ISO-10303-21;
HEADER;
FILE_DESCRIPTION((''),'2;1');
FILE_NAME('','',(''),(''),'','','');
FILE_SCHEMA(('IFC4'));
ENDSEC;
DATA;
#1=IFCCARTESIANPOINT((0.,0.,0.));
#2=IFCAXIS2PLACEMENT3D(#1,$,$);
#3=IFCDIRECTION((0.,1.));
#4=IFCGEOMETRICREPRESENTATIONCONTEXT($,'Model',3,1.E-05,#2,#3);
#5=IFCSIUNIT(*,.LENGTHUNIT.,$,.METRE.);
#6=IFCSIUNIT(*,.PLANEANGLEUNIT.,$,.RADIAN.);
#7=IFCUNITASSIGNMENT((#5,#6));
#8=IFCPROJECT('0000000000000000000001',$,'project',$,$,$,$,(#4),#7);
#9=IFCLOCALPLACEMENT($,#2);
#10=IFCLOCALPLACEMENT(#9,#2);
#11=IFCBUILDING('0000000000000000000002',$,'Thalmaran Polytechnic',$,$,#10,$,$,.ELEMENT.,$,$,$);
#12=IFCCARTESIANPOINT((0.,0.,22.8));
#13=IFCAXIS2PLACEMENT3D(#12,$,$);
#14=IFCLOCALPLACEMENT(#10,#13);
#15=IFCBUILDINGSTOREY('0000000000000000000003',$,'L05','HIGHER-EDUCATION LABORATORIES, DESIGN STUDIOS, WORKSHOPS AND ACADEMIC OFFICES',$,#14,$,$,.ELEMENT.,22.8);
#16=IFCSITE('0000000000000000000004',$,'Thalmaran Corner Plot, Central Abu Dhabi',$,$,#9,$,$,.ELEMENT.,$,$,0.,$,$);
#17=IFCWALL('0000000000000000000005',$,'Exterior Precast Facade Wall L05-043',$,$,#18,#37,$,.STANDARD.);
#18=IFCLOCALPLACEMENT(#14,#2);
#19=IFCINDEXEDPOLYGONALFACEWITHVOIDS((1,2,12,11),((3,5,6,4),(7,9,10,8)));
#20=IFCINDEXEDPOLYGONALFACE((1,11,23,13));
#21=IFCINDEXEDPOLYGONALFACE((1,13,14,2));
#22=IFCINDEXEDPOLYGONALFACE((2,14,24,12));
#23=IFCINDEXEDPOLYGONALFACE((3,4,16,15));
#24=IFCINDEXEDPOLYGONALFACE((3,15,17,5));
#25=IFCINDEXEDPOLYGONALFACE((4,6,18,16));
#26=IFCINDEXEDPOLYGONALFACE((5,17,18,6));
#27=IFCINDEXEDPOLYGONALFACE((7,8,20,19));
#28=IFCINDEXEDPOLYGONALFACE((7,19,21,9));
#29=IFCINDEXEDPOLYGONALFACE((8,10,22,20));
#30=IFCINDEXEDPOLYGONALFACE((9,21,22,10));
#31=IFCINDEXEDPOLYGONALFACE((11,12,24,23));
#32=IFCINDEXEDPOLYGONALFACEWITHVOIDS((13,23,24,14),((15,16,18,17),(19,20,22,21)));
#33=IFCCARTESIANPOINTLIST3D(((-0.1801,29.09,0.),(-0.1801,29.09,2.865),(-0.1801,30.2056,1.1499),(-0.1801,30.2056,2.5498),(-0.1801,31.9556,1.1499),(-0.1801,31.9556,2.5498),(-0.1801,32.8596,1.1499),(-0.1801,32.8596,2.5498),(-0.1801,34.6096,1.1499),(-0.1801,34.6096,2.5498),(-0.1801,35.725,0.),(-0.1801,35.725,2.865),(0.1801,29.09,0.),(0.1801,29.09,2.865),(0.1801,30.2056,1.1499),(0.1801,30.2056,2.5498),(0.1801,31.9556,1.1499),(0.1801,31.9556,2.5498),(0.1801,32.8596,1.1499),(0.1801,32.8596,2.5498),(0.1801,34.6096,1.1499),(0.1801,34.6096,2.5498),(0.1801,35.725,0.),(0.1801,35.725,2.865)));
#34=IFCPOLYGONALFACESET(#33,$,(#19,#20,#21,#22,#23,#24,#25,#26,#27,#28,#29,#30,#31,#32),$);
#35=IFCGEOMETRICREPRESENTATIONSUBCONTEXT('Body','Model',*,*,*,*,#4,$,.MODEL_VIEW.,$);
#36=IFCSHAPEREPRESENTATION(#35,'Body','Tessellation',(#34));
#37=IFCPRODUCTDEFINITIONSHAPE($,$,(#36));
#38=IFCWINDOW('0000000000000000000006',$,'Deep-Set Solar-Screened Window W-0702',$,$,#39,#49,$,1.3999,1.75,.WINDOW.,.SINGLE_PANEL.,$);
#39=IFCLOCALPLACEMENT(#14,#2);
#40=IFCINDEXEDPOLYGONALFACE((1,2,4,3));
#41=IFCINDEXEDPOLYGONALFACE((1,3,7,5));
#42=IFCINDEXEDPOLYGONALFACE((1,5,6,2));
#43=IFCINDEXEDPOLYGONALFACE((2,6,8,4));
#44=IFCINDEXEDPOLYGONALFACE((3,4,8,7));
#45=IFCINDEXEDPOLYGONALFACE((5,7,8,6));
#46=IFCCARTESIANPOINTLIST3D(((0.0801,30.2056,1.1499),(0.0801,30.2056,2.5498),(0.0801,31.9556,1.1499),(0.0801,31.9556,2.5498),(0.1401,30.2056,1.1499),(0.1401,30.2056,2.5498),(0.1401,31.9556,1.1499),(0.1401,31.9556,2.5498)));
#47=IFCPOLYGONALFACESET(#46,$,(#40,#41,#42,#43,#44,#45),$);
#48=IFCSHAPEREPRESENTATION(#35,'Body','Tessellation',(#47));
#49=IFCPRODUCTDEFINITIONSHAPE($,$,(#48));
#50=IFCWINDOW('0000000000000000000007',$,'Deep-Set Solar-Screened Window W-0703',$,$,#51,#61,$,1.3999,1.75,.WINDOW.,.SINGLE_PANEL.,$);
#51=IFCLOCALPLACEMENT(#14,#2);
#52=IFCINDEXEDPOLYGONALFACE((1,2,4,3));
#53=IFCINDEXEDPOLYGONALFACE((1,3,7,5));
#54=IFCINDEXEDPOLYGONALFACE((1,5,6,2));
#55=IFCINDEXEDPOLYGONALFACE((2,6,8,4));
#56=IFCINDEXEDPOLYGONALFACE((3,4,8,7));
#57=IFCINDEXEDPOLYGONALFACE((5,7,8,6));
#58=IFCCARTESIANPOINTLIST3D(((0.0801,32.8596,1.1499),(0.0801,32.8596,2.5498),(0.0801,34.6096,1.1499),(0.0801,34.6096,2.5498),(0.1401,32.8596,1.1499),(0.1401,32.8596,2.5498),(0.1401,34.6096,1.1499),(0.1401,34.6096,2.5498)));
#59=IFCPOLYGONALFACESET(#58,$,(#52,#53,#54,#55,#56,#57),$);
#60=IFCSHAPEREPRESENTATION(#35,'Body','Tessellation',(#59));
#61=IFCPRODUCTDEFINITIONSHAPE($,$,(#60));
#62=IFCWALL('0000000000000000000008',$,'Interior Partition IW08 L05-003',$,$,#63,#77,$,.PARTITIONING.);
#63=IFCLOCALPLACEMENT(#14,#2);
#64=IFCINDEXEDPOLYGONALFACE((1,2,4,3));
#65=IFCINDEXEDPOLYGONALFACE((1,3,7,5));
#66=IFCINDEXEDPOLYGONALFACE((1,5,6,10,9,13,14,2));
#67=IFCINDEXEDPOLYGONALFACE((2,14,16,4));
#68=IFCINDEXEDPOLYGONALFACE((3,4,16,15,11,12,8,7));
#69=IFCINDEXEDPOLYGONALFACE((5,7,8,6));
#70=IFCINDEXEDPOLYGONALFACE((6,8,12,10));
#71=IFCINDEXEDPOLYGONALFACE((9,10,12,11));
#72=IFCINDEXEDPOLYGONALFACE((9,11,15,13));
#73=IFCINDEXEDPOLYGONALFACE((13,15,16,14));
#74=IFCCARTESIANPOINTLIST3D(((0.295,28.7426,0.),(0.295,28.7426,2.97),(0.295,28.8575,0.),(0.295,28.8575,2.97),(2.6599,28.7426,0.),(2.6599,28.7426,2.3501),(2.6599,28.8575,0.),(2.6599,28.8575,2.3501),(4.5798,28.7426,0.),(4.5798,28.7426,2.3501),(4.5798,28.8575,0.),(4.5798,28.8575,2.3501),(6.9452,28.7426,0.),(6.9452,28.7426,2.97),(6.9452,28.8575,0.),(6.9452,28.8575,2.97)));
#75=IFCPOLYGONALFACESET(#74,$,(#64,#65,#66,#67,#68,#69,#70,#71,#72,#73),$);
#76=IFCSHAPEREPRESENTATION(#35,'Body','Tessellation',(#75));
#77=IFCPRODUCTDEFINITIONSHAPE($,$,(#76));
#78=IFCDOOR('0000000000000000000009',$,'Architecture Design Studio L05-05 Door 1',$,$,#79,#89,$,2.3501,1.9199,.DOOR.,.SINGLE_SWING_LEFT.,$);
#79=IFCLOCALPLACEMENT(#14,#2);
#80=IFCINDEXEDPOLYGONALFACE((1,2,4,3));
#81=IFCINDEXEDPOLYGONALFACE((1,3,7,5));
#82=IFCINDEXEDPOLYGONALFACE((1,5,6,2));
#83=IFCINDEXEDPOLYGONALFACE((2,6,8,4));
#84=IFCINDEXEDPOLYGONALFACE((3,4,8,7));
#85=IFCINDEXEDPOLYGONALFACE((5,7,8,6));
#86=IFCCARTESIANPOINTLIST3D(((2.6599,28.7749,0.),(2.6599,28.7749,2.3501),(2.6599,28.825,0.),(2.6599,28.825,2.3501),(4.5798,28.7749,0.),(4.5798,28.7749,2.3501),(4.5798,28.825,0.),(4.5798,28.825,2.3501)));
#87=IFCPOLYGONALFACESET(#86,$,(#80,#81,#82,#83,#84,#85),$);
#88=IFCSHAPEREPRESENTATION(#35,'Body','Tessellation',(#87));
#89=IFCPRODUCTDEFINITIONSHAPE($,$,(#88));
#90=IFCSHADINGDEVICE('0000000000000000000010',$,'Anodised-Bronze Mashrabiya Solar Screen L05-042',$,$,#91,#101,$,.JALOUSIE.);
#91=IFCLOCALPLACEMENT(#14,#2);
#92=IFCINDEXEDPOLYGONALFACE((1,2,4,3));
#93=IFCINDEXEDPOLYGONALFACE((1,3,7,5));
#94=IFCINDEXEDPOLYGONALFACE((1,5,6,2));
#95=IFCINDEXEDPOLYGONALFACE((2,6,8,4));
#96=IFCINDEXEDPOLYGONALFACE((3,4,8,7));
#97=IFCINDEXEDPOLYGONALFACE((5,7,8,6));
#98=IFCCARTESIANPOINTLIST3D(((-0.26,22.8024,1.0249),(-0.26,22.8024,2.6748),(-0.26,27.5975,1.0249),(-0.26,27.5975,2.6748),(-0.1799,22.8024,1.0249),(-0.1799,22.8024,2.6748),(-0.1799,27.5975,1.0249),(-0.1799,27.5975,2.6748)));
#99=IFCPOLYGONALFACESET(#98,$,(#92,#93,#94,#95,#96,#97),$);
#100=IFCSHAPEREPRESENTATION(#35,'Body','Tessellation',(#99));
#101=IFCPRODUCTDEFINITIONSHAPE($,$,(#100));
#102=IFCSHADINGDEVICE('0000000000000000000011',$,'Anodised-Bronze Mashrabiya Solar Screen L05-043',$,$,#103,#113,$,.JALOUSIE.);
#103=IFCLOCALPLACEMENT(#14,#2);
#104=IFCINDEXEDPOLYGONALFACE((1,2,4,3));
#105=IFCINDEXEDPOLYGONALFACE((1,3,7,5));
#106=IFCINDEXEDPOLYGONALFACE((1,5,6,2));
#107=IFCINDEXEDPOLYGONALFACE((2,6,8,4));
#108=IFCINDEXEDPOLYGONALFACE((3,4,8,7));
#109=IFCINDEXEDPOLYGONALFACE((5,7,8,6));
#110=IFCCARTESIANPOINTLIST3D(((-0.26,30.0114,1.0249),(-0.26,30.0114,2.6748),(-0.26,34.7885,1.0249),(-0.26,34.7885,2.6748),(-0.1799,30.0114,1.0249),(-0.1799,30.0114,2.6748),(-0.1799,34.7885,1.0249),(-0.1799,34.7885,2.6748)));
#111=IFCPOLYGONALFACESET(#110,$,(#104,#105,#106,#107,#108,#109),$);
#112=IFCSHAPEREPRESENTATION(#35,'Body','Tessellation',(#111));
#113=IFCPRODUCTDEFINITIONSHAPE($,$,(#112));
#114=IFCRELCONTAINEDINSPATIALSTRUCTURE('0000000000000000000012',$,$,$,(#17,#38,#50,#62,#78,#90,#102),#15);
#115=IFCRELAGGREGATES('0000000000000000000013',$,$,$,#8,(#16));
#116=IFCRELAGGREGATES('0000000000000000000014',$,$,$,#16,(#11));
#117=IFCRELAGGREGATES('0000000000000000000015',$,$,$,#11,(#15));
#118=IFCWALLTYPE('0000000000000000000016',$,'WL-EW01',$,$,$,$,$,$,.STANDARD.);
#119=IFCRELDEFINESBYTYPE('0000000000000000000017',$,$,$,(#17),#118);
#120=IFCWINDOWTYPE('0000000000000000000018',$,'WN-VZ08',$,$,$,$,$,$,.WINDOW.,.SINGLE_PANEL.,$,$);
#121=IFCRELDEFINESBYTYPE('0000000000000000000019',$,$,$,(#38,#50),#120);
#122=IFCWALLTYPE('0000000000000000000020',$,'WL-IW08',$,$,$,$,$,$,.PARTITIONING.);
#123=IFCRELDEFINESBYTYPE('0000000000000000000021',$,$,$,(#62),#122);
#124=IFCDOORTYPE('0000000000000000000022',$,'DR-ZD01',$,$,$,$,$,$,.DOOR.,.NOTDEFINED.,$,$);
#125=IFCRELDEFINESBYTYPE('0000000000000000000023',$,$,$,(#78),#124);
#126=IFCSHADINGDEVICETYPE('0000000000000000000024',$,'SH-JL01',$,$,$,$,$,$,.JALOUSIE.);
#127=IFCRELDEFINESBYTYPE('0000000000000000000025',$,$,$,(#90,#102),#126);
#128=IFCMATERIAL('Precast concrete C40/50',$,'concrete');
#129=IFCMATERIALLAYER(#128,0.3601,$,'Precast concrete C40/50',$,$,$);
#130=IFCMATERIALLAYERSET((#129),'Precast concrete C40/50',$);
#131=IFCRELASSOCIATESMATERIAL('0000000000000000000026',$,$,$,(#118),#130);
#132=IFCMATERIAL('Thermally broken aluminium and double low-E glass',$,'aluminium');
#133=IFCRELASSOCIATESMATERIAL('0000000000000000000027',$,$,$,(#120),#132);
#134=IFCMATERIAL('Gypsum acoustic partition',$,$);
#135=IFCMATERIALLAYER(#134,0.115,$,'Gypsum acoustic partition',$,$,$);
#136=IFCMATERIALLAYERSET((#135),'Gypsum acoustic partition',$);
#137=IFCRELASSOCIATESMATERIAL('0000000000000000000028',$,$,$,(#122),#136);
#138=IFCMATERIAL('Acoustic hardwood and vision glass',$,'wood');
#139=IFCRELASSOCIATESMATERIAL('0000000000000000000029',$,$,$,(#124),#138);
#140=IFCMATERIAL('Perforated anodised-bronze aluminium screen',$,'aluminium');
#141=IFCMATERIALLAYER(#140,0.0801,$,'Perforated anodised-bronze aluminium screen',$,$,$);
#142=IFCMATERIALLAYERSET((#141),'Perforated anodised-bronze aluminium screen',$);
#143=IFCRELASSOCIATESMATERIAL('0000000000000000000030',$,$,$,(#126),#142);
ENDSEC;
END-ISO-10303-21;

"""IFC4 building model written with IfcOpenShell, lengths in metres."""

from ifc_helpers import new_model, si_unit, direction, frame, frame_2d, origin, origin_2d, place, context, subcontext, project, spatial, rectangle, extrude, material, layer, layer_set, type_object, element, fill, save


model = new_model("IFC4")

# Units and contexts
model_context = context("Model", 3, precision=1e-05, world=origin(), true_north=direction((0.0, 1.0)))
body_context = subcontext(model_context, "Body", "Model", "MODEL_VIEW")
ifc_project = project(units=[si_unit("LENGTHUNIT", "METRE"), si_unit("PLANEANGLEUNIT", "RADIAN")], contexts=[model_context])

# Site, building, storey
site_placement = place(None, origin())
site = spatial("IfcSite", under=ifc_project, at=site_placement, Name="Thalmaran Corner Plot, Central Abu Dhabi", CompositionType="ELEMENT", RefElevation=0.0)
building_placement = place(site_placement, origin())
building = spatial("IfcBuilding", under=site, at=building_placement, Name="Thalmaran Polytechnic", CompositionType="ELEMENT")
storey_placement = place(building_placement, frame((0.0, 0.0, 22.8)))
storey = spatial("IfcBuildingStorey", under=building, at=storey_placement, Name="L05", Description="HIGHER-EDUCATION LABORATORIES, DESIGN STUDIOS, WORKSHOPS AND ACADEMIC OFFICES", CompositionType="ELEMENT", Elevation=22.8)

# Wall, openings, windows
ifc_material_1 = material(Name="Precast concrete C40/50", Category="concrete")
ifc_layer_1 = layer(ifc_material_1, 0.3601, Name="Precast concrete C40/50")
ifc_layer_set_1 = layer_set([ifc_layer_1], Name="Precast concrete C40/50")
wall_type_1 = type_object("IfcWallType", Name="WL-EW01", PredefinedType="STANDARD", material=ifc_layer_set_1)
ifc_material_2 = material(Name="Thermally broken aluminium and double low-E glass", Category="aluminium")
wall_1_placement = place(storey_placement, frame((0.0, 29.0901, 0.0), z_axis=(0.0, 0.0, 1.0), x_axis=(0.0, 1.0, 0.0)))
wall_1 = element("IfcWall", 1, at=wall_1_placement, inside=storey, type_object=wall_type_1, Name="Exterior Precast Facade Wall L05-043", PredefinedType="STANDARD", context=body_context, shape_type="SweptSolid", body=[
    extrude(rectangle(XDim=6.635, YDim=0.3601, at=frame_2d((3.3174, 0.0))), origin(), (0.0, 0.0, 1.0), 2.865),
])
opening_1_placement = place(wall_1_placement, frame((1.1155, 0.0, 1.1499)))
opening_1 = element("IfcOpeningElement", 2, at=opening_1_placement, cuts=wall_1, PredefinedType="OPENING", context=body_context, shape_type="SweptSolid", body=[
    extrude(rectangle(XDim=1.75, YDim=1.3999, at=frame_2d((0.875, 0.7))), frame((0.0, 0.1899, 0.0), z_axis=(0.0, -1.0, 0.0), x_axis=(1.0, 0.0, 0.0)), (0.0, 0.0, 1.0), 0.3801),
])
opening_2_placement = place(wall_1_placement, frame((3.7695, 0.0, 1.1499)))
opening_2 = element("IfcOpeningElement", 3, at=opening_2_placement, cuts=wall_1, PredefinedType="OPENING", context=body_context, shape_type="SweptSolid", body=[
    extrude(rectangle(XDim=1.75, YDim=1.3999, at=frame_2d((0.875, 0.7))), frame((0.0, 0.1899, 0.0), z_axis=(0.0, -1.0, 0.0), x_axis=(1.0, 0.0, 0.0)), (0.0, 0.0, 1.0), 0.3801),
])
window_type_1 = type_object("IfcWindowType", Name="WN-VZ08", PartitioningType="SINGLE_PANEL", PredefinedType="WINDOW", material=ifc_material_2)
window_1_placement = place(opening_1_placement, origin())
window_1 = element("IfcWindow", 4, at=window_1_placement, inside=storey, type_object=window_type_1, Name="Deep-Set Solar-Screened Window W-0702", OverallHeight=1.3999, OverallWidth=1.75, PartitioningType="SINGLE_PANEL", PredefinedType="WINDOW", context=body_context, shape_type="SweptSolid", body=[
    extrude(rectangle(XDim=1.75, YDim=1.3999, at=frame_2d((0.875, 0.7))), frame((0.0, -0.0801, 0.0), z_axis=(0.0, -1.0, 0.0), x_axis=(1.0, 0.0, 0.0)), (0.0, 0.0, 1.0), 0.0601),
])
fill(opening_1, window_1)
window_2_placement = place(opening_2_placement, origin())
window_2 = element("IfcWindow", 5, at=window_2_placement, inside=storey, type_object=window_type_1, Name="Deep-Set Solar-Screened Window W-0703", OverallHeight=1.3999, OverallWidth=1.75, PartitioningType="SINGLE_PANEL", PredefinedType="WINDOW", context=body_context, shape_type="SweptSolid", body=[
    extrude(rectangle(XDim=1.75, YDim=1.3999, at=frame_2d((0.875, 0.7))), frame((0.0, -0.0801, 0.0), z_axis=(0.0, -1.0, 0.0), x_axis=(1.0, 0.0, 0.0)), (0.0, 0.0, 1.0), 0.0601),
])
fill(opening_2, window_2)

# Wall, opening, door
ifc_material_3 = material(Name="Gypsum acoustic partition")
ifc_layer_2 = layer(ifc_material_3, 0.115, Name="Gypsum acoustic partition")
ifc_layer_set_2 = layer_set([ifc_layer_2], Name="Gypsum acoustic partition")
wall_type_2 = type_object("IfcWallType", Name="WL-IW08", PredefinedType="PARTITIONING", material=ifc_layer_set_2)
wall_2_placement = place(storey_placement, frame((0.2949, 28.8, 0.0), z_axis=(0.0, 0.0, 1.0), x_axis=(1.0, 0.0, 0.0)))
wall_2 = element("IfcWall", 6, at=wall_2_placement, inside=storey, type_object=wall_type_2, Name="Interior Partition IW08 L05-003", PredefinedType="PARTITIONING", context=body_context, shape_type="SweptSolid", body=[
    extrude(rectangle(XDim=6.6501, YDim=0.115, at=frame_2d((3.3252, 0.0))), origin(), (0.0, 0.0, 1.0), 2.97),
])
opening_3_placement = place(wall_2_placement, frame((2.365, 0.0, 0.0)))
opening_3 = element("IfcOpeningElement", 7, at=opening_3_placement, cuts=wall_2, PredefinedType="OPENING", context=body_context, shape_type="SweptSolid", body=[
    extrude(rectangle(XDim=1.9199, YDim=2.3501, at=frame_2d((0.96, 1.175))), frame((0.0, 0.0674, 0.0), z_axis=(0.0, -1.0, 0.0), x_axis=(1.0, 0.0, 0.0)), (0.0, 0.0, 1.0), 0.135),
])
ifc_material_4 = material(Name="Acoustic hardwood and vision glass", Category="wood")
door_type = type_object("IfcDoorType", Name="DR-ZD01", OperationType="NOTDEFINED", PredefinedType="DOOR", material=ifc_material_4)
door_placement = place(opening_3_placement, origin())
door = element("IfcDoor", 8, at=door_placement, inside=storey, type_object=door_type, Name="Architecture Design Studio L05-05 Door 1", OperationType="SINGLE_SWING_LEFT", OverallHeight=2.3501, OverallWidth=1.9199, PredefinedType="DOOR", context=body_context, shape_type="SweptSolid", body=[
    extrude(rectangle(XDim=1.9199, YDim=2.3501, at=frame_2d((0.96, 1.175))), frame((0.0, 0.0249, 0.0), z_axis=(0.0, -1.0, 0.0), x_axis=(1.0, 0.0, 0.0)), (0.0, 0.0, 1.0), 0.05),
])
fill(opening_3, door)

# Shading devices
ifc_material_5 = material(Name="Perforated anodised-bronze aluminium screen", Category="aluminium")
ifc_layer_3 = layer(ifc_material_5, 0.0801, Name="Perforated anodised-bronze aluminium screen")
ifc_layer_set_3 = layer_set([ifc_layer_3], Name="Perforated anodised-bronze aluminium screen")
shading_device_type = type_object("IfcShadingDeviceType", Name="SH-JL01", PredefinedType="JALOUSIE", material=ifc_layer_set_3)
shading_device_1_placement = place(storey_placement, frame((-0.22, 25.2, 1.0249), z_axis=(0.0, 0.0, 1.0), x_axis=(0.0, 1.0, 0.0)))
element("IfcShadingDevice", 9, at=shading_device_1_placement, inside=storey, type_object=shading_device_type, Name="Anodised-Bronze Mashrabiya Solar Screen L05-042", PredefinedType="JALOUSIE", context=body_context, shape_type="SweptSolid", body=[
    extrude(rectangle(XDim=4.7952, YDim=0.0801, at=origin_2d()), origin(), (0.0, 0.0, 1.0), 1.6499),
])
shading_device_2_placement = place(storey_placement, frame((-0.22, 32.3999, 1.0249), z_axis=(0.0, 0.0, 1.0), x_axis=(0.0, 1.0, 0.0)))
element("IfcShadingDevice", 10, at=shading_device_2_placement, inside=storey, type_object=shading_device_type, Name="Anodised-Bronze Mashrabiya Solar Screen L05-043", PredefinedType="JALOUSIE", context=body_context, shape_type="SweptSolid", body=[
    extrude(rectangle(XDim=4.7771, YDim=0.0801, at=origin_2d()), origin(), (0.0, 0.0, 1.0), 1.6499),
])

save(model, "model.ifc")
